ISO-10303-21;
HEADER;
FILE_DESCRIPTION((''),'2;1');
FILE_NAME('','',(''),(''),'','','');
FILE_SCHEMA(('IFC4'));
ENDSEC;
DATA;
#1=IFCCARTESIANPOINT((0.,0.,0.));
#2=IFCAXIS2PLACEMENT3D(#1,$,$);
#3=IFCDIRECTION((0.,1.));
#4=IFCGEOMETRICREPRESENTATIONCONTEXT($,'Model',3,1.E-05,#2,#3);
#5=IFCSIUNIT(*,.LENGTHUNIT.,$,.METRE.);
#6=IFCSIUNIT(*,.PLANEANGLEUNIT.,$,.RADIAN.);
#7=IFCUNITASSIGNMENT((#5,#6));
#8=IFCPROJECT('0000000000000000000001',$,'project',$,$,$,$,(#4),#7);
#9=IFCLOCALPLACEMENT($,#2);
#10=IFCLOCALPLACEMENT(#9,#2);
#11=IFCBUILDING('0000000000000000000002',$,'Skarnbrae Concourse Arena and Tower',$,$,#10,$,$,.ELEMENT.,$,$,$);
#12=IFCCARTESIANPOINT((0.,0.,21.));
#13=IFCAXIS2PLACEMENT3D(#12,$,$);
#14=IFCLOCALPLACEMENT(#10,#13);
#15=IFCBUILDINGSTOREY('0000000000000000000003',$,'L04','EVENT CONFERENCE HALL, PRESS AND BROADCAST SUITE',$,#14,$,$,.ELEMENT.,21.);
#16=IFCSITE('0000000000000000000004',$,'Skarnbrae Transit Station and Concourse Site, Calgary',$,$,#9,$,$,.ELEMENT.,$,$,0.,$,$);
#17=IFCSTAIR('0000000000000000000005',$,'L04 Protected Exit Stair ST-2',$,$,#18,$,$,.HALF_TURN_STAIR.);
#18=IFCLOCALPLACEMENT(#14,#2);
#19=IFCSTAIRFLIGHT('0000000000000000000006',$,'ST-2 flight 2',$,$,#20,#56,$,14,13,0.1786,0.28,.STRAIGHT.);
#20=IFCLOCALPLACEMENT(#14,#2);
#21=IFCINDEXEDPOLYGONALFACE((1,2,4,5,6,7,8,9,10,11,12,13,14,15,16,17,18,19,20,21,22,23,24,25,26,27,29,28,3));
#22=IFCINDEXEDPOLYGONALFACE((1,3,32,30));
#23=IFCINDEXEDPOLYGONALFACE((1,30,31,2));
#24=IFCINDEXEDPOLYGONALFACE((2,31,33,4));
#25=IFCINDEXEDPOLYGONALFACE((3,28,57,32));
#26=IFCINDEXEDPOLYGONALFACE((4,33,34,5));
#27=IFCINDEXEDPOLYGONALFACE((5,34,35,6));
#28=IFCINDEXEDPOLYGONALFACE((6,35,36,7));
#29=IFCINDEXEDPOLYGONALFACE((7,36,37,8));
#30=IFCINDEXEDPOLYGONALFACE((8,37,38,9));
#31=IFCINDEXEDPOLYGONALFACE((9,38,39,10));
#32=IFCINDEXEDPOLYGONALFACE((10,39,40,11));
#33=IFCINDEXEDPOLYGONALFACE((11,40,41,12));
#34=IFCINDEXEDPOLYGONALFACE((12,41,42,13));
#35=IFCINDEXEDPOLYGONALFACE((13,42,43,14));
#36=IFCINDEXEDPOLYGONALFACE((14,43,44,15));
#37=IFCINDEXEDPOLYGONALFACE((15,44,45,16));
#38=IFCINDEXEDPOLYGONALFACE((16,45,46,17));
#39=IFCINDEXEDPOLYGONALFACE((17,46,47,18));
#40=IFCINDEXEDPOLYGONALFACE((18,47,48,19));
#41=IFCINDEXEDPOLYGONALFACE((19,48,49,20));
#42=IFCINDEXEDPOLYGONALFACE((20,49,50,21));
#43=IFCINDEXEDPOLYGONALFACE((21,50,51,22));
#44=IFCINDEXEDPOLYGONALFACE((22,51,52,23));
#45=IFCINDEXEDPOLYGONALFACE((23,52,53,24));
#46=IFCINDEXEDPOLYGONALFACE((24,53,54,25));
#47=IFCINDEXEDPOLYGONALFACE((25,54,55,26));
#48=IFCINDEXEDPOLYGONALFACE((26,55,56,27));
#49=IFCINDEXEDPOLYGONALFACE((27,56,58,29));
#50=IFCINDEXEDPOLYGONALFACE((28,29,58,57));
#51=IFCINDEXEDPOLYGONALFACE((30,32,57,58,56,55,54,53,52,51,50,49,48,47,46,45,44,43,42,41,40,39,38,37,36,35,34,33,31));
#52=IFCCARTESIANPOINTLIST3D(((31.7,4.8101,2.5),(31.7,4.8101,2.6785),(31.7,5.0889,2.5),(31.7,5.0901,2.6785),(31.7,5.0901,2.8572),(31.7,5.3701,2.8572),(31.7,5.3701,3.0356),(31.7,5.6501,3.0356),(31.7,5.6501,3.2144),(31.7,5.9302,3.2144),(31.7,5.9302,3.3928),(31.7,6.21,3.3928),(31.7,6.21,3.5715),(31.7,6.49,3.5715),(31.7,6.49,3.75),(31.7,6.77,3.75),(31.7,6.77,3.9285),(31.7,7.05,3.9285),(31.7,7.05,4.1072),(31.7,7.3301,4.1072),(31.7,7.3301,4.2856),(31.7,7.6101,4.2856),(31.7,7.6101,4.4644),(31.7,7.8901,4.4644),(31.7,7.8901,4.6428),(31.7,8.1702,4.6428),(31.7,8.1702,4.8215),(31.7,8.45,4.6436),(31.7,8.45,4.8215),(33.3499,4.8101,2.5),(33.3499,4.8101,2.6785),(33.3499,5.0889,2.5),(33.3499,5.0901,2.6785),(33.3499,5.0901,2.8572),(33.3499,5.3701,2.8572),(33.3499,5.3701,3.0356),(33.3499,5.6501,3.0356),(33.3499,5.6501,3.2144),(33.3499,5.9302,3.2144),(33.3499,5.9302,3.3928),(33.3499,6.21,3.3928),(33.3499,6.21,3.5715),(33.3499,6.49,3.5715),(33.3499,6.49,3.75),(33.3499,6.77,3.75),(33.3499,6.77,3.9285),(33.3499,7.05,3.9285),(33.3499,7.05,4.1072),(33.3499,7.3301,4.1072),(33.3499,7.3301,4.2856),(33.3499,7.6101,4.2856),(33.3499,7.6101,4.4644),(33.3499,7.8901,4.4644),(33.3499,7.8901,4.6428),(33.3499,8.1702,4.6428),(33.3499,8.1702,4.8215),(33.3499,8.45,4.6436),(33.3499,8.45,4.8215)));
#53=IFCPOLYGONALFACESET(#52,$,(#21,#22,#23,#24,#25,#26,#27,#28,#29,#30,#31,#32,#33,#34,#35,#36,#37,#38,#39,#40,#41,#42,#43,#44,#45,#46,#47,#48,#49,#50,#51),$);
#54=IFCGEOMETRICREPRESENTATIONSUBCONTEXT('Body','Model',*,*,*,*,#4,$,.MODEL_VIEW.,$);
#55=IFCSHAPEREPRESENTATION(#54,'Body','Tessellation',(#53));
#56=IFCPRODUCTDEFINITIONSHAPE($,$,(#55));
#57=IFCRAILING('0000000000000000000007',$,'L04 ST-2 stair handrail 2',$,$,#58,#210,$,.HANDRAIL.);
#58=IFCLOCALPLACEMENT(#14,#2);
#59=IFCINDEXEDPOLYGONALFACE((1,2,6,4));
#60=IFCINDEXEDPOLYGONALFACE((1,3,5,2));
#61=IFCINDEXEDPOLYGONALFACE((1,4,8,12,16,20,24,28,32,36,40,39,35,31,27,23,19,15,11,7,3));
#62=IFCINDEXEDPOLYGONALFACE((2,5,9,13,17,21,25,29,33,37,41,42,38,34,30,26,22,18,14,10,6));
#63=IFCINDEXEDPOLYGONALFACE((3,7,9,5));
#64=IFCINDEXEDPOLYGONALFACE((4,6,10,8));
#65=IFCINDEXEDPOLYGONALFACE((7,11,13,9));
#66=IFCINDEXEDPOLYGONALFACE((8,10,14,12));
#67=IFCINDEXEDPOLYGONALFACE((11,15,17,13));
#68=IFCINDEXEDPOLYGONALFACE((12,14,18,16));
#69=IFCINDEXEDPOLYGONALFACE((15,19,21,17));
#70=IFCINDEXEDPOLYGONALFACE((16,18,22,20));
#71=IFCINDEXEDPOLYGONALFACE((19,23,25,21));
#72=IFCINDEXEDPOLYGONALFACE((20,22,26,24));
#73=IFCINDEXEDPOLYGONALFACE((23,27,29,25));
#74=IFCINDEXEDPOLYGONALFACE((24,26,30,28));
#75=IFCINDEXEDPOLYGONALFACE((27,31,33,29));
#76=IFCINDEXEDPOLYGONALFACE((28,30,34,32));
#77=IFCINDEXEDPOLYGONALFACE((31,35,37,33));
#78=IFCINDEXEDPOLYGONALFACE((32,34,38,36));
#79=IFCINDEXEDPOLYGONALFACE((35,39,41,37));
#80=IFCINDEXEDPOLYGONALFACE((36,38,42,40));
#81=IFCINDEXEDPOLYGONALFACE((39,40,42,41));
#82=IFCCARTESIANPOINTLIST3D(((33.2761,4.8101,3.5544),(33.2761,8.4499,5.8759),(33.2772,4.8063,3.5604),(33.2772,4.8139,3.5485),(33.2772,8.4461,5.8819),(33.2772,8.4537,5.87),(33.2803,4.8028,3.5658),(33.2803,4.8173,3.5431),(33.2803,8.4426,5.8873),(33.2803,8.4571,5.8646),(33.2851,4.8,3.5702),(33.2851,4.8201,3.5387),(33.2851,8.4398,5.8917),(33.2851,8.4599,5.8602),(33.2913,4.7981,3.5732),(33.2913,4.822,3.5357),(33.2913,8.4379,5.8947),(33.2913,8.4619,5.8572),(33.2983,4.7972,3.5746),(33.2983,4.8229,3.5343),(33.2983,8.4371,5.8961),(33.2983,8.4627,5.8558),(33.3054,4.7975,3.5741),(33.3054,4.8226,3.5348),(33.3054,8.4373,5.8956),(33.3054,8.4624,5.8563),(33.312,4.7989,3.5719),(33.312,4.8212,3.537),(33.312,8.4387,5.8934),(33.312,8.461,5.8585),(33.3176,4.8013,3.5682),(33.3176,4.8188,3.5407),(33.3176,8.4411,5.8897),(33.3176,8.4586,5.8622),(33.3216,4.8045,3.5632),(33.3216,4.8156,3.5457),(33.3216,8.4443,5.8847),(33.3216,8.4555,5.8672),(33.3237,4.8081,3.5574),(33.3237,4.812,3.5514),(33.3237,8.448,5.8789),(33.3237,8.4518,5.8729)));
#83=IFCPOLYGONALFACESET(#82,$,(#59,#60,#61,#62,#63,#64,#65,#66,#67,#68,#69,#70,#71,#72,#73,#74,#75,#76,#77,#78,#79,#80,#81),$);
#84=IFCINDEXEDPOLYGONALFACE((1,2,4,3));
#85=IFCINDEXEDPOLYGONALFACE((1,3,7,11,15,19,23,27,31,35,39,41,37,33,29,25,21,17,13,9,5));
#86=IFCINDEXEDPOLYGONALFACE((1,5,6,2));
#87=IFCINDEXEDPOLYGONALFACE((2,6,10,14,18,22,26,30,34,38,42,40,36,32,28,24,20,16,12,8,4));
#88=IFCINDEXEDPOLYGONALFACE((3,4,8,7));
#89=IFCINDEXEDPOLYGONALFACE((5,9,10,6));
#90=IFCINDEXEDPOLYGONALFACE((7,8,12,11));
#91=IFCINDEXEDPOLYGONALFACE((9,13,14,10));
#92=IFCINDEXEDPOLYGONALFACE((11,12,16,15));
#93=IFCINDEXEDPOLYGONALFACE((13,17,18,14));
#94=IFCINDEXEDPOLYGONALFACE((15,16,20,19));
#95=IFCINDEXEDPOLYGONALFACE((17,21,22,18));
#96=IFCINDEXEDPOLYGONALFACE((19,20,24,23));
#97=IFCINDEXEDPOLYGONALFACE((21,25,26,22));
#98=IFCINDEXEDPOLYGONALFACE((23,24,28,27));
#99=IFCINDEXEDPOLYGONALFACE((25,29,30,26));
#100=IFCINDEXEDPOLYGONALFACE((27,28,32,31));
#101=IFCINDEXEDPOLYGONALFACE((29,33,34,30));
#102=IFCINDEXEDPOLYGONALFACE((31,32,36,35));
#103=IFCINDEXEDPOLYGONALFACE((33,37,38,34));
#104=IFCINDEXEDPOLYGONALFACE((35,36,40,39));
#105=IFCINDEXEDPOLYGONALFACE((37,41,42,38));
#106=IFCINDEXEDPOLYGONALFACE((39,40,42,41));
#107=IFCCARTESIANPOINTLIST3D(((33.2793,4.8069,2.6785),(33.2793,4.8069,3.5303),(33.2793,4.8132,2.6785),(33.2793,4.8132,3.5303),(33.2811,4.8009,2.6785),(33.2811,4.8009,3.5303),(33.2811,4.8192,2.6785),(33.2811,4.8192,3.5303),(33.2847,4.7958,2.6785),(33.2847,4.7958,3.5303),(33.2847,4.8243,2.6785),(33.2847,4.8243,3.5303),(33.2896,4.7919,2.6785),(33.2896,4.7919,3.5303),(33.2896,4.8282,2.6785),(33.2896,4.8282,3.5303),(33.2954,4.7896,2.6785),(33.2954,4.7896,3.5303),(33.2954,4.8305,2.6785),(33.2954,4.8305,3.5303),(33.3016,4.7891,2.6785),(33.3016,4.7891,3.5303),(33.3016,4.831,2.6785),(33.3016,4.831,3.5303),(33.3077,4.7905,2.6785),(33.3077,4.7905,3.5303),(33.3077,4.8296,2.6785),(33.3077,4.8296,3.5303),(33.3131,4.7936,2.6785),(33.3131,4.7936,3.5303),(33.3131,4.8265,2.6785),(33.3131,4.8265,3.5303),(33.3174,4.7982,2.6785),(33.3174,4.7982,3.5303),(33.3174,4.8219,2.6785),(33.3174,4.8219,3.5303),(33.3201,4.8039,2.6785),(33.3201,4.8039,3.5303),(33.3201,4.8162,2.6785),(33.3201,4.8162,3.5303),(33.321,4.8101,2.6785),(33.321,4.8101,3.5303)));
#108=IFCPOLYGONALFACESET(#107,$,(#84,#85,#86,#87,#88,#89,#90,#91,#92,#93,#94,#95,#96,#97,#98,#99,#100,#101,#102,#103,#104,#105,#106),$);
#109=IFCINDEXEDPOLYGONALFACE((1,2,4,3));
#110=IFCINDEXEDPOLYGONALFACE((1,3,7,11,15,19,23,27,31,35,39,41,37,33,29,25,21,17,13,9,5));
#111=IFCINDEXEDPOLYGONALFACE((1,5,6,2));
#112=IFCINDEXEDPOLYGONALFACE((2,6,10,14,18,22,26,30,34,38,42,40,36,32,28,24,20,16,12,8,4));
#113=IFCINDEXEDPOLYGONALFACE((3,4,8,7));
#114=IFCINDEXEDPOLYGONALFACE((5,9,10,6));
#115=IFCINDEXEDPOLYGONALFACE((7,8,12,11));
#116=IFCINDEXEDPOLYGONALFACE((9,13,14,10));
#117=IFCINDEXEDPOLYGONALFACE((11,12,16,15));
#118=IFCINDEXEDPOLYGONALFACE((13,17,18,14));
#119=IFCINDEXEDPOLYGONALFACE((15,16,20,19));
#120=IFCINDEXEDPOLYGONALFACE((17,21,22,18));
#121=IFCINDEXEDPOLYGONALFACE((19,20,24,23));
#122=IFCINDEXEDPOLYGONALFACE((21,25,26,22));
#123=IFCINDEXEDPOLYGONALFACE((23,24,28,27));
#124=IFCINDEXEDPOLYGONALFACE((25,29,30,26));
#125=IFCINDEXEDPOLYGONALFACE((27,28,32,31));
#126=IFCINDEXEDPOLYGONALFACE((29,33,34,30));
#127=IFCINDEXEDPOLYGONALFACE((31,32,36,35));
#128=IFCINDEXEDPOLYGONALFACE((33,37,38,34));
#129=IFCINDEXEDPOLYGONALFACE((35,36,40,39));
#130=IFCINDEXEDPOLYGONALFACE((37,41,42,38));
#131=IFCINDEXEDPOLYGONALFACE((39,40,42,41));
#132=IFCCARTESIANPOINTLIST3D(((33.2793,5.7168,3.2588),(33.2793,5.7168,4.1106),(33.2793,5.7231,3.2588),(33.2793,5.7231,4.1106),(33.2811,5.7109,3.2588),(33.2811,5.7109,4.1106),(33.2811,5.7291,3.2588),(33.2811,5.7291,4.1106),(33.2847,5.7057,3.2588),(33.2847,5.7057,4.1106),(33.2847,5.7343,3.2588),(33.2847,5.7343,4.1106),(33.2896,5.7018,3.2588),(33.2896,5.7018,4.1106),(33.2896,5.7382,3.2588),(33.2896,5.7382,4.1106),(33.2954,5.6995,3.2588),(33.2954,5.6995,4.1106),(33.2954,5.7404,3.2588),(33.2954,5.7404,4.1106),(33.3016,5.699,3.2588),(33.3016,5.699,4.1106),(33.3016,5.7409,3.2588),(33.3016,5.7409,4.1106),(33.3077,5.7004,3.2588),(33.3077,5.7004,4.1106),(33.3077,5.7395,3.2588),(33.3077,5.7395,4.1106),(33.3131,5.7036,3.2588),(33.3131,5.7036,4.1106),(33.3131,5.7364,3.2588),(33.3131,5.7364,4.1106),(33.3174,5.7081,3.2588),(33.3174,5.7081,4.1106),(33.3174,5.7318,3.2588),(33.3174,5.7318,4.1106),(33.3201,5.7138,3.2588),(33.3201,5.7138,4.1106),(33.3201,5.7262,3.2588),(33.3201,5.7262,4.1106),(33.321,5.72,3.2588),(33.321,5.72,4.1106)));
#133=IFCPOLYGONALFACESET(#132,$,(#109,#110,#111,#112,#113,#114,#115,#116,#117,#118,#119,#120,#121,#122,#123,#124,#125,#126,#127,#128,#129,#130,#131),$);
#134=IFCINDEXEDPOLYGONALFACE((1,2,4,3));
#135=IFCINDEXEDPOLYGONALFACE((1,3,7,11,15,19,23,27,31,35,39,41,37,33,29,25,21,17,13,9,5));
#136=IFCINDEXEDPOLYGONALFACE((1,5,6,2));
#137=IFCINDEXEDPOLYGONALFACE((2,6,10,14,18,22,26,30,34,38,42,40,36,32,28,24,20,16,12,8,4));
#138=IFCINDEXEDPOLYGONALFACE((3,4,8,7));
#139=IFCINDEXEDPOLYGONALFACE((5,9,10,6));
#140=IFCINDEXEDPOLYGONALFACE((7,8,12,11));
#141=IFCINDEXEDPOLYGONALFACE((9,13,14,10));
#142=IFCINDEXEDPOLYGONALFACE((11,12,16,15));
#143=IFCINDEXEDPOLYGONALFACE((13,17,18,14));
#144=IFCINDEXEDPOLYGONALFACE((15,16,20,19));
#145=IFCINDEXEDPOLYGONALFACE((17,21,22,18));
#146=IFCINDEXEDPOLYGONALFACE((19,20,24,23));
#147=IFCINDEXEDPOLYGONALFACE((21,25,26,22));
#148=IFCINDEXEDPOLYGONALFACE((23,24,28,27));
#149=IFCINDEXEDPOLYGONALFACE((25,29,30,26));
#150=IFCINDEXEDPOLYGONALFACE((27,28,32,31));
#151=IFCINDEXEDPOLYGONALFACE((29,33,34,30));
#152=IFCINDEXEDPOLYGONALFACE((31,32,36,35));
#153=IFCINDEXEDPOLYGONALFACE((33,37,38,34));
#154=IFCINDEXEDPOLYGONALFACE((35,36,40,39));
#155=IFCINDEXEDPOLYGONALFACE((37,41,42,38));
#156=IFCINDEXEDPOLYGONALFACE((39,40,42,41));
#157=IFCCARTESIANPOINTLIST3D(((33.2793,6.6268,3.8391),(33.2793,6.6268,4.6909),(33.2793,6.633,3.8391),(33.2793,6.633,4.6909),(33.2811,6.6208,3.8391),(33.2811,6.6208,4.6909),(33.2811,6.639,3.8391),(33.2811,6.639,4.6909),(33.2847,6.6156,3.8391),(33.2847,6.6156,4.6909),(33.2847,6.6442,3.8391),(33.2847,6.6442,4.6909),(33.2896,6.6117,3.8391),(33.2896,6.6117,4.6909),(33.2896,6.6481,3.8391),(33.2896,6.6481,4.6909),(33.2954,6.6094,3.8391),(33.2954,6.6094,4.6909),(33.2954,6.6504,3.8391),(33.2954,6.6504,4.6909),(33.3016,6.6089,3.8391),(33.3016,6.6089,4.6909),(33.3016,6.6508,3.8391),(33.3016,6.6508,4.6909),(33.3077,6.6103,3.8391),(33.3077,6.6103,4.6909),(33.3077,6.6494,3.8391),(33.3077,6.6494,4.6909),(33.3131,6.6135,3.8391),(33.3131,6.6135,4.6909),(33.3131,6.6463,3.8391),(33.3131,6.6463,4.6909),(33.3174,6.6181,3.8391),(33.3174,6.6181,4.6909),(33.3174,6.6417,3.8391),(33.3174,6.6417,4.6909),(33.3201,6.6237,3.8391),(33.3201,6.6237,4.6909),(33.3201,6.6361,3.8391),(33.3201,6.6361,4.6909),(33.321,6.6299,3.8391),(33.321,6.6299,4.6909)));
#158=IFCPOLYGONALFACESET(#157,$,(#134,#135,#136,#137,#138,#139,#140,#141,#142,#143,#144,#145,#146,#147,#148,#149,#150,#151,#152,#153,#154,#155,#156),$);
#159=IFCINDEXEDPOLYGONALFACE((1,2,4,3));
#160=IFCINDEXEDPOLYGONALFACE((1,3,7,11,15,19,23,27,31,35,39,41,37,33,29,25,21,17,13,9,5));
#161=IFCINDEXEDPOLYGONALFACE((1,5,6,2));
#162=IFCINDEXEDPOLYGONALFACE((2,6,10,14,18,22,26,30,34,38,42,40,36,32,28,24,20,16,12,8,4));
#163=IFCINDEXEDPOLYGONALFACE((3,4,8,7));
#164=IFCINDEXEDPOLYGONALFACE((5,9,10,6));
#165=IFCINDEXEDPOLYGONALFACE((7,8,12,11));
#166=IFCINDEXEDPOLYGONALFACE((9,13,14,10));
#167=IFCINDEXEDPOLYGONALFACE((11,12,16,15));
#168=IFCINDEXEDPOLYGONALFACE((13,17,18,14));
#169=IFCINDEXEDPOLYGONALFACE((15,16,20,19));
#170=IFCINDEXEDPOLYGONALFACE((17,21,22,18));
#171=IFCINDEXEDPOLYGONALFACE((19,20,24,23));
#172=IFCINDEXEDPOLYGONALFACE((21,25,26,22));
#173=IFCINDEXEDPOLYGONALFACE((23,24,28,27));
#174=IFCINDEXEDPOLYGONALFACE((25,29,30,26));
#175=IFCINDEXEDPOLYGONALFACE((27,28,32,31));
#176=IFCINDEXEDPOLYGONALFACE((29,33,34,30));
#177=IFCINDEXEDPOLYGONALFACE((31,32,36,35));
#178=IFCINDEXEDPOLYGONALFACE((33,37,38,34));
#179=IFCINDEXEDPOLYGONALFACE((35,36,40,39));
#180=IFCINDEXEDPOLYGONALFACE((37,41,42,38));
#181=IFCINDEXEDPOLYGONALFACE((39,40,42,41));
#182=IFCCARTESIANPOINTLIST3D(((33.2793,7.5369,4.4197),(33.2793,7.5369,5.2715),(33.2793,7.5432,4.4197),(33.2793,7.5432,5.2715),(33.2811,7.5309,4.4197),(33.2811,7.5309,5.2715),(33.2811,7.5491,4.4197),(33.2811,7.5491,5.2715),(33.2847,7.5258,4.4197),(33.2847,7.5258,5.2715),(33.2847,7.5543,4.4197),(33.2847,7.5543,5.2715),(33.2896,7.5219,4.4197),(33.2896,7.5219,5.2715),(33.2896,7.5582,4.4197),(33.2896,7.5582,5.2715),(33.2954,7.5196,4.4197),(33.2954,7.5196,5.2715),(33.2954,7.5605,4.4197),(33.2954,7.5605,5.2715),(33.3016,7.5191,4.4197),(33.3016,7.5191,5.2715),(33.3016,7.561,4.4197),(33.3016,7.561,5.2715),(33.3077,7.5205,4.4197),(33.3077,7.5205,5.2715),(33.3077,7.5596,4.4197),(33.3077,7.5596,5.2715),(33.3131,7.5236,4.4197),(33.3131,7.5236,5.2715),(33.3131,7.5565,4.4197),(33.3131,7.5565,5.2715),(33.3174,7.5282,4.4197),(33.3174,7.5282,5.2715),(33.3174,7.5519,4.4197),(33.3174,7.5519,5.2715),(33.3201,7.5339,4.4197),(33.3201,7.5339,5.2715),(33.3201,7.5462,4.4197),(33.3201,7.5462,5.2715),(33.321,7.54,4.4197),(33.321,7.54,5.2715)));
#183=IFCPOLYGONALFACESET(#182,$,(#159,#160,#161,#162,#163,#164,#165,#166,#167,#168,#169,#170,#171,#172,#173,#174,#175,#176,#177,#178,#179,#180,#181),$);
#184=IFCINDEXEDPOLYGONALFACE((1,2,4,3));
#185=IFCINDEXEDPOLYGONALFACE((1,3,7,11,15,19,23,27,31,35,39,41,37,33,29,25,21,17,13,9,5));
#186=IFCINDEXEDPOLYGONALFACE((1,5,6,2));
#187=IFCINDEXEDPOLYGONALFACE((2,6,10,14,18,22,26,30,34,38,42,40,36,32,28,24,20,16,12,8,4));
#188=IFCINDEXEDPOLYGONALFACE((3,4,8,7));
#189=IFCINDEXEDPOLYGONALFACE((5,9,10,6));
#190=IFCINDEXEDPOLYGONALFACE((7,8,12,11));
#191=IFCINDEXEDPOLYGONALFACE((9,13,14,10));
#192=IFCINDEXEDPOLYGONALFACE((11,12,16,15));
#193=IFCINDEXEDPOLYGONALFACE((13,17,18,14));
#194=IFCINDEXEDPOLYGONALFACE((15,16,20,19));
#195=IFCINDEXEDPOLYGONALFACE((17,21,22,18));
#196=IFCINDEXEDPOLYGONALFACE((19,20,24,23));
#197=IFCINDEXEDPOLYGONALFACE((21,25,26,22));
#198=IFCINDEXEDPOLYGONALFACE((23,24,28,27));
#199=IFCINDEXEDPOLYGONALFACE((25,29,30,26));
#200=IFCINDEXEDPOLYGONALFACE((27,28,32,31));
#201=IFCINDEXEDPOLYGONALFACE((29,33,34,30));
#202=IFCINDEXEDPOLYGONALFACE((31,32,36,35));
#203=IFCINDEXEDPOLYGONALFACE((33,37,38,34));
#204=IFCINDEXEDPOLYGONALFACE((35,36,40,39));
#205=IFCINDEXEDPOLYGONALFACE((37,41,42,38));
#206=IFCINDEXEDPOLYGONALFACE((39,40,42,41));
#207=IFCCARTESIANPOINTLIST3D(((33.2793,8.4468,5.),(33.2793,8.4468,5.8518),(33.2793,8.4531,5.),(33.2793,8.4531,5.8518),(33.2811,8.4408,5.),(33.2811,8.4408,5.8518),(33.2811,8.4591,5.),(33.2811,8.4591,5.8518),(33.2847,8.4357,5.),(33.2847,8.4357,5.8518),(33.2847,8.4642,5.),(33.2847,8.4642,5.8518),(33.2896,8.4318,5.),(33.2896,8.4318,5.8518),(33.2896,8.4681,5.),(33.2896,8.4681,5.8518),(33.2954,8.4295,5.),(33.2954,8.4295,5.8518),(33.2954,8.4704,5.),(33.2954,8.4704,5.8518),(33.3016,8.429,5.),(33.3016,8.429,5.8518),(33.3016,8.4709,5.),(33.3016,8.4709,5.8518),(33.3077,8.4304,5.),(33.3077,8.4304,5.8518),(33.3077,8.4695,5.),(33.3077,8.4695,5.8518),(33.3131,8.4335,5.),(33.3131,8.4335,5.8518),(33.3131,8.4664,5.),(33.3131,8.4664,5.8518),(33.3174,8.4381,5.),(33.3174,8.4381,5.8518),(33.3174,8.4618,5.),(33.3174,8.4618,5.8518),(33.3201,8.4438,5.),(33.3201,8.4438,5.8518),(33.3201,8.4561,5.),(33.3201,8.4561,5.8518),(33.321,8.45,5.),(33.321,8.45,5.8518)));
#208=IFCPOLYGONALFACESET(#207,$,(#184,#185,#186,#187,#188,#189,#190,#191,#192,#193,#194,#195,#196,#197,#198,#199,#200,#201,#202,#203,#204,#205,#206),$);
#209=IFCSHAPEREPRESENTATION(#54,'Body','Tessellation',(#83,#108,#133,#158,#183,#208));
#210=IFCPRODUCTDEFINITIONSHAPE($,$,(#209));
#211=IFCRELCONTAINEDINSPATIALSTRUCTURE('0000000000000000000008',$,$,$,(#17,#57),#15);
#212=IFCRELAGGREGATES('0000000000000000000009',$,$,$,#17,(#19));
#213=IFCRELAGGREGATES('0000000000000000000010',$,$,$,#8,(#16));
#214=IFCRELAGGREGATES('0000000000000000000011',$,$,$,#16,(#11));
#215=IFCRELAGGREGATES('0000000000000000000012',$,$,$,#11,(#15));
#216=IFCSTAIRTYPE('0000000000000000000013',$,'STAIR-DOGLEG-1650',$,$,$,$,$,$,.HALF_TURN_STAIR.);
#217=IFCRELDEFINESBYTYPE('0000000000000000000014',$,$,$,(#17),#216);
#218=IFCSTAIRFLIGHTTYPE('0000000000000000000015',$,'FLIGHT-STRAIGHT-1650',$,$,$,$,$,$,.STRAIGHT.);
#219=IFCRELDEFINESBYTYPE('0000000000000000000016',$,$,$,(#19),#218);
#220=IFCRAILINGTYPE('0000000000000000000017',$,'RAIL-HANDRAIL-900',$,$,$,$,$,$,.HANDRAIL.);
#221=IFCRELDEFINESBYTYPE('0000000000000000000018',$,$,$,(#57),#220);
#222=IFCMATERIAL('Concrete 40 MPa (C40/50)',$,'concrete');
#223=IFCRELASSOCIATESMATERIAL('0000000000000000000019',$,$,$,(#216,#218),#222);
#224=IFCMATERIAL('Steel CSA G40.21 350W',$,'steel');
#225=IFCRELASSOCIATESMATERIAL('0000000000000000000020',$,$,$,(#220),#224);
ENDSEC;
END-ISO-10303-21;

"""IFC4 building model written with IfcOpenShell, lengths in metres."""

from ifc_helpers import new_model, si_unit, direction, frame, origin, origin_2d, place, context, subcontext, project, spatial, polyline, circle, outline, extrude, source, transform, mapped, material, type_object, element, aggregate, save


model = new_model("IFC4")

# Units and contexts
model_context = context("Model", 3, precision=1e-05, world=origin(), true_north=direction((0.0, 1.0)))
body_context = subcontext(model_context, "Body", "Model", "MODEL_VIEW")
ifc_project = project(units=[si_unit("LENGTHUNIT", "METRE"), si_unit("PLANEANGLEUNIT", "RADIAN")], contexts=[model_context])

# Site, building, storey
site_placement = place(None, origin())
site = spatial("IfcSite", under=ifc_project, at=site_placement, Name="Skarnbrae Transit Station and Concourse Site, Calgary", CompositionType="ELEMENT", RefElevation=0.0)
building_placement = place(site_placement, origin())
building = spatial("IfcBuilding", under=site, at=building_placement, Name="Skarnbrae Concourse Arena and Tower", CompositionType="ELEMENT")
storey_placement = place(building_placement, frame((0.0, 0.0, 21.0)))
storey = spatial("IfcBuildingStorey", under=building, at=storey_placement, Name="L04", Description="EVENT CONFERENCE HALL, PRESS AND BROADCAST SUITE", CompositionType="ELEMENT", Elevation=21.0)

# Shared definitions
ifc_material_1 = material(Name="Steel CSA G40.21 350W", Category="steel")

# Stair, stair flight
ifc_material_2 = material(Name="Concrete 40 MPa (C40/50)", Category="concrete")
stair_type = type_object("IfcStairType", Name="STAIR-DOGLEG-1650", PredefinedType="HALF_TURN_STAIR", material=ifc_material_2)
stair_placement = place(storey_placement, origin())
stair = element("IfcStair", 1, at=stair_placement, inside=storey, type_object=stair_type, Name="L04 Protected Exit Stair ST-2", PredefinedType="HALF_TURN_STAIR")
stair_flight_type = type_object("IfcStairFlightType", Name="FLIGHT-STRAIGHT-1650", PredefinedType="STRAIGHT", material=ifc_material_2)
shared_shape_1 = source(origin(), body_context, "Body", "SweptSolid", [
    extrude(outline(polyline([(0.0, 0.0), (0.0, 0.1785), (0.28, 0.1785), (0.28, 0.3572), (0.5601, 0.3572), (0.5601, 0.5356), (0.8401, 0.5356), (0.8401, 0.7144), (1.1201, 0.7144), (1.1201, 0.8928), (1.3999, 0.8928), (1.3999, 1.0715), (1.6799, 1.0715), (1.6799, 1.25), (1.96, 1.25), (1.96, 1.4285), (2.24, 1.4285), (2.24, 1.6072), (2.52, 1.6072), (2.52, 1.7856), (2.8, 1.7856), (2.8, 1.9644), (3.0801, 1.9644), (3.0801, 2.1428), (3.3601, 2.1428), (3.3601, 2.3215), (3.6399, 2.3215), (3.6399, 2.5), (3.6399, 2.1436), (0.2788, 0.0), (0.0, 0.0)])), frame((0.0, 0.825, 0.0), z_axis=(0.0, -1.0, 0.0), x_axis=(1.0, 0.0, 0.0)), (0.0, 0.0, 1.0), 1.6499),
])
stair_flight_placement = place(storey_placement, frame((32.5249, 4.8101, 2.5), z_axis=(0.0, 0.0, 1.0), x_axis=(0.0, 1.0, 0.0)))
stair_flight = element("IfcStairFlight", 2, at=stair_flight_placement, type_object=stair_flight_type, Name="ST-2 flight 2", NumberOfRisers=14, NumberOfTreads=13, PredefinedType="STRAIGHT", RiserHeight=0.1786, TreadLength=0.28, context=body_context, shape_type="MappedRepresentation", body=[
    mapped(shared_shape_1, transform((0.0, 0.0, 0.0))),
])
aggregate(stair, [stair_flight])

# Railing
railing_type_1 = type_object("IfcRailingType", Name="RAIL-HANDRAIL-900", PredefinedType="HANDRAIL", material=ifc_material_1)
railing_1_placement = place(storey_placement, frame((33.3, 4.8101, 2.6785)))
element("IfcRailing", 3, at=railing_1_placement, inside=storey, type_object=railing_type_1, Name="L04 ST-2 stair handrail 2", PredefinedType="HANDRAIL", context=body_context, shape_type="SweptSolid", body=[
    extrude(circle(Radius=0.0239, at=origin_2d()), frame((0.0, 0.0, 0.876), z_axis=(0.0, 0.843112, 0.537739), x_axis=(-1.0, 0.0, 0.0)), (0.0, 0.0, 1.0), 4.3171),
    extrude(circle(Radius=0.021, at=origin_2d()), origin(), (0.0, 0.0, 1.0), 0.8518),
    extrude(circle(Radius=0.021, at=origin_2d()), frame((0.0, 0.9099, 0.5803)), (0.0, 0.0, 1.0), 0.8518),
    extrude(circle(Radius=0.021, at=origin_2d()), frame((0.0, 1.8198, 1.1606)), (0.0, 0.0, 1.0), 0.8518),
    extrude(circle(Radius=0.021, at=origin_2d()), frame((0.0, 2.73, 1.7412)), (0.0, 0.0, 1.0), 0.8518),
    extrude(circle(Radius=0.021, at=origin_2d()), frame((0.0, 3.6399, 2.3215)), (0.0, 0.0, 1.0), 0.8518),
])

save(model, "model.ifc")
